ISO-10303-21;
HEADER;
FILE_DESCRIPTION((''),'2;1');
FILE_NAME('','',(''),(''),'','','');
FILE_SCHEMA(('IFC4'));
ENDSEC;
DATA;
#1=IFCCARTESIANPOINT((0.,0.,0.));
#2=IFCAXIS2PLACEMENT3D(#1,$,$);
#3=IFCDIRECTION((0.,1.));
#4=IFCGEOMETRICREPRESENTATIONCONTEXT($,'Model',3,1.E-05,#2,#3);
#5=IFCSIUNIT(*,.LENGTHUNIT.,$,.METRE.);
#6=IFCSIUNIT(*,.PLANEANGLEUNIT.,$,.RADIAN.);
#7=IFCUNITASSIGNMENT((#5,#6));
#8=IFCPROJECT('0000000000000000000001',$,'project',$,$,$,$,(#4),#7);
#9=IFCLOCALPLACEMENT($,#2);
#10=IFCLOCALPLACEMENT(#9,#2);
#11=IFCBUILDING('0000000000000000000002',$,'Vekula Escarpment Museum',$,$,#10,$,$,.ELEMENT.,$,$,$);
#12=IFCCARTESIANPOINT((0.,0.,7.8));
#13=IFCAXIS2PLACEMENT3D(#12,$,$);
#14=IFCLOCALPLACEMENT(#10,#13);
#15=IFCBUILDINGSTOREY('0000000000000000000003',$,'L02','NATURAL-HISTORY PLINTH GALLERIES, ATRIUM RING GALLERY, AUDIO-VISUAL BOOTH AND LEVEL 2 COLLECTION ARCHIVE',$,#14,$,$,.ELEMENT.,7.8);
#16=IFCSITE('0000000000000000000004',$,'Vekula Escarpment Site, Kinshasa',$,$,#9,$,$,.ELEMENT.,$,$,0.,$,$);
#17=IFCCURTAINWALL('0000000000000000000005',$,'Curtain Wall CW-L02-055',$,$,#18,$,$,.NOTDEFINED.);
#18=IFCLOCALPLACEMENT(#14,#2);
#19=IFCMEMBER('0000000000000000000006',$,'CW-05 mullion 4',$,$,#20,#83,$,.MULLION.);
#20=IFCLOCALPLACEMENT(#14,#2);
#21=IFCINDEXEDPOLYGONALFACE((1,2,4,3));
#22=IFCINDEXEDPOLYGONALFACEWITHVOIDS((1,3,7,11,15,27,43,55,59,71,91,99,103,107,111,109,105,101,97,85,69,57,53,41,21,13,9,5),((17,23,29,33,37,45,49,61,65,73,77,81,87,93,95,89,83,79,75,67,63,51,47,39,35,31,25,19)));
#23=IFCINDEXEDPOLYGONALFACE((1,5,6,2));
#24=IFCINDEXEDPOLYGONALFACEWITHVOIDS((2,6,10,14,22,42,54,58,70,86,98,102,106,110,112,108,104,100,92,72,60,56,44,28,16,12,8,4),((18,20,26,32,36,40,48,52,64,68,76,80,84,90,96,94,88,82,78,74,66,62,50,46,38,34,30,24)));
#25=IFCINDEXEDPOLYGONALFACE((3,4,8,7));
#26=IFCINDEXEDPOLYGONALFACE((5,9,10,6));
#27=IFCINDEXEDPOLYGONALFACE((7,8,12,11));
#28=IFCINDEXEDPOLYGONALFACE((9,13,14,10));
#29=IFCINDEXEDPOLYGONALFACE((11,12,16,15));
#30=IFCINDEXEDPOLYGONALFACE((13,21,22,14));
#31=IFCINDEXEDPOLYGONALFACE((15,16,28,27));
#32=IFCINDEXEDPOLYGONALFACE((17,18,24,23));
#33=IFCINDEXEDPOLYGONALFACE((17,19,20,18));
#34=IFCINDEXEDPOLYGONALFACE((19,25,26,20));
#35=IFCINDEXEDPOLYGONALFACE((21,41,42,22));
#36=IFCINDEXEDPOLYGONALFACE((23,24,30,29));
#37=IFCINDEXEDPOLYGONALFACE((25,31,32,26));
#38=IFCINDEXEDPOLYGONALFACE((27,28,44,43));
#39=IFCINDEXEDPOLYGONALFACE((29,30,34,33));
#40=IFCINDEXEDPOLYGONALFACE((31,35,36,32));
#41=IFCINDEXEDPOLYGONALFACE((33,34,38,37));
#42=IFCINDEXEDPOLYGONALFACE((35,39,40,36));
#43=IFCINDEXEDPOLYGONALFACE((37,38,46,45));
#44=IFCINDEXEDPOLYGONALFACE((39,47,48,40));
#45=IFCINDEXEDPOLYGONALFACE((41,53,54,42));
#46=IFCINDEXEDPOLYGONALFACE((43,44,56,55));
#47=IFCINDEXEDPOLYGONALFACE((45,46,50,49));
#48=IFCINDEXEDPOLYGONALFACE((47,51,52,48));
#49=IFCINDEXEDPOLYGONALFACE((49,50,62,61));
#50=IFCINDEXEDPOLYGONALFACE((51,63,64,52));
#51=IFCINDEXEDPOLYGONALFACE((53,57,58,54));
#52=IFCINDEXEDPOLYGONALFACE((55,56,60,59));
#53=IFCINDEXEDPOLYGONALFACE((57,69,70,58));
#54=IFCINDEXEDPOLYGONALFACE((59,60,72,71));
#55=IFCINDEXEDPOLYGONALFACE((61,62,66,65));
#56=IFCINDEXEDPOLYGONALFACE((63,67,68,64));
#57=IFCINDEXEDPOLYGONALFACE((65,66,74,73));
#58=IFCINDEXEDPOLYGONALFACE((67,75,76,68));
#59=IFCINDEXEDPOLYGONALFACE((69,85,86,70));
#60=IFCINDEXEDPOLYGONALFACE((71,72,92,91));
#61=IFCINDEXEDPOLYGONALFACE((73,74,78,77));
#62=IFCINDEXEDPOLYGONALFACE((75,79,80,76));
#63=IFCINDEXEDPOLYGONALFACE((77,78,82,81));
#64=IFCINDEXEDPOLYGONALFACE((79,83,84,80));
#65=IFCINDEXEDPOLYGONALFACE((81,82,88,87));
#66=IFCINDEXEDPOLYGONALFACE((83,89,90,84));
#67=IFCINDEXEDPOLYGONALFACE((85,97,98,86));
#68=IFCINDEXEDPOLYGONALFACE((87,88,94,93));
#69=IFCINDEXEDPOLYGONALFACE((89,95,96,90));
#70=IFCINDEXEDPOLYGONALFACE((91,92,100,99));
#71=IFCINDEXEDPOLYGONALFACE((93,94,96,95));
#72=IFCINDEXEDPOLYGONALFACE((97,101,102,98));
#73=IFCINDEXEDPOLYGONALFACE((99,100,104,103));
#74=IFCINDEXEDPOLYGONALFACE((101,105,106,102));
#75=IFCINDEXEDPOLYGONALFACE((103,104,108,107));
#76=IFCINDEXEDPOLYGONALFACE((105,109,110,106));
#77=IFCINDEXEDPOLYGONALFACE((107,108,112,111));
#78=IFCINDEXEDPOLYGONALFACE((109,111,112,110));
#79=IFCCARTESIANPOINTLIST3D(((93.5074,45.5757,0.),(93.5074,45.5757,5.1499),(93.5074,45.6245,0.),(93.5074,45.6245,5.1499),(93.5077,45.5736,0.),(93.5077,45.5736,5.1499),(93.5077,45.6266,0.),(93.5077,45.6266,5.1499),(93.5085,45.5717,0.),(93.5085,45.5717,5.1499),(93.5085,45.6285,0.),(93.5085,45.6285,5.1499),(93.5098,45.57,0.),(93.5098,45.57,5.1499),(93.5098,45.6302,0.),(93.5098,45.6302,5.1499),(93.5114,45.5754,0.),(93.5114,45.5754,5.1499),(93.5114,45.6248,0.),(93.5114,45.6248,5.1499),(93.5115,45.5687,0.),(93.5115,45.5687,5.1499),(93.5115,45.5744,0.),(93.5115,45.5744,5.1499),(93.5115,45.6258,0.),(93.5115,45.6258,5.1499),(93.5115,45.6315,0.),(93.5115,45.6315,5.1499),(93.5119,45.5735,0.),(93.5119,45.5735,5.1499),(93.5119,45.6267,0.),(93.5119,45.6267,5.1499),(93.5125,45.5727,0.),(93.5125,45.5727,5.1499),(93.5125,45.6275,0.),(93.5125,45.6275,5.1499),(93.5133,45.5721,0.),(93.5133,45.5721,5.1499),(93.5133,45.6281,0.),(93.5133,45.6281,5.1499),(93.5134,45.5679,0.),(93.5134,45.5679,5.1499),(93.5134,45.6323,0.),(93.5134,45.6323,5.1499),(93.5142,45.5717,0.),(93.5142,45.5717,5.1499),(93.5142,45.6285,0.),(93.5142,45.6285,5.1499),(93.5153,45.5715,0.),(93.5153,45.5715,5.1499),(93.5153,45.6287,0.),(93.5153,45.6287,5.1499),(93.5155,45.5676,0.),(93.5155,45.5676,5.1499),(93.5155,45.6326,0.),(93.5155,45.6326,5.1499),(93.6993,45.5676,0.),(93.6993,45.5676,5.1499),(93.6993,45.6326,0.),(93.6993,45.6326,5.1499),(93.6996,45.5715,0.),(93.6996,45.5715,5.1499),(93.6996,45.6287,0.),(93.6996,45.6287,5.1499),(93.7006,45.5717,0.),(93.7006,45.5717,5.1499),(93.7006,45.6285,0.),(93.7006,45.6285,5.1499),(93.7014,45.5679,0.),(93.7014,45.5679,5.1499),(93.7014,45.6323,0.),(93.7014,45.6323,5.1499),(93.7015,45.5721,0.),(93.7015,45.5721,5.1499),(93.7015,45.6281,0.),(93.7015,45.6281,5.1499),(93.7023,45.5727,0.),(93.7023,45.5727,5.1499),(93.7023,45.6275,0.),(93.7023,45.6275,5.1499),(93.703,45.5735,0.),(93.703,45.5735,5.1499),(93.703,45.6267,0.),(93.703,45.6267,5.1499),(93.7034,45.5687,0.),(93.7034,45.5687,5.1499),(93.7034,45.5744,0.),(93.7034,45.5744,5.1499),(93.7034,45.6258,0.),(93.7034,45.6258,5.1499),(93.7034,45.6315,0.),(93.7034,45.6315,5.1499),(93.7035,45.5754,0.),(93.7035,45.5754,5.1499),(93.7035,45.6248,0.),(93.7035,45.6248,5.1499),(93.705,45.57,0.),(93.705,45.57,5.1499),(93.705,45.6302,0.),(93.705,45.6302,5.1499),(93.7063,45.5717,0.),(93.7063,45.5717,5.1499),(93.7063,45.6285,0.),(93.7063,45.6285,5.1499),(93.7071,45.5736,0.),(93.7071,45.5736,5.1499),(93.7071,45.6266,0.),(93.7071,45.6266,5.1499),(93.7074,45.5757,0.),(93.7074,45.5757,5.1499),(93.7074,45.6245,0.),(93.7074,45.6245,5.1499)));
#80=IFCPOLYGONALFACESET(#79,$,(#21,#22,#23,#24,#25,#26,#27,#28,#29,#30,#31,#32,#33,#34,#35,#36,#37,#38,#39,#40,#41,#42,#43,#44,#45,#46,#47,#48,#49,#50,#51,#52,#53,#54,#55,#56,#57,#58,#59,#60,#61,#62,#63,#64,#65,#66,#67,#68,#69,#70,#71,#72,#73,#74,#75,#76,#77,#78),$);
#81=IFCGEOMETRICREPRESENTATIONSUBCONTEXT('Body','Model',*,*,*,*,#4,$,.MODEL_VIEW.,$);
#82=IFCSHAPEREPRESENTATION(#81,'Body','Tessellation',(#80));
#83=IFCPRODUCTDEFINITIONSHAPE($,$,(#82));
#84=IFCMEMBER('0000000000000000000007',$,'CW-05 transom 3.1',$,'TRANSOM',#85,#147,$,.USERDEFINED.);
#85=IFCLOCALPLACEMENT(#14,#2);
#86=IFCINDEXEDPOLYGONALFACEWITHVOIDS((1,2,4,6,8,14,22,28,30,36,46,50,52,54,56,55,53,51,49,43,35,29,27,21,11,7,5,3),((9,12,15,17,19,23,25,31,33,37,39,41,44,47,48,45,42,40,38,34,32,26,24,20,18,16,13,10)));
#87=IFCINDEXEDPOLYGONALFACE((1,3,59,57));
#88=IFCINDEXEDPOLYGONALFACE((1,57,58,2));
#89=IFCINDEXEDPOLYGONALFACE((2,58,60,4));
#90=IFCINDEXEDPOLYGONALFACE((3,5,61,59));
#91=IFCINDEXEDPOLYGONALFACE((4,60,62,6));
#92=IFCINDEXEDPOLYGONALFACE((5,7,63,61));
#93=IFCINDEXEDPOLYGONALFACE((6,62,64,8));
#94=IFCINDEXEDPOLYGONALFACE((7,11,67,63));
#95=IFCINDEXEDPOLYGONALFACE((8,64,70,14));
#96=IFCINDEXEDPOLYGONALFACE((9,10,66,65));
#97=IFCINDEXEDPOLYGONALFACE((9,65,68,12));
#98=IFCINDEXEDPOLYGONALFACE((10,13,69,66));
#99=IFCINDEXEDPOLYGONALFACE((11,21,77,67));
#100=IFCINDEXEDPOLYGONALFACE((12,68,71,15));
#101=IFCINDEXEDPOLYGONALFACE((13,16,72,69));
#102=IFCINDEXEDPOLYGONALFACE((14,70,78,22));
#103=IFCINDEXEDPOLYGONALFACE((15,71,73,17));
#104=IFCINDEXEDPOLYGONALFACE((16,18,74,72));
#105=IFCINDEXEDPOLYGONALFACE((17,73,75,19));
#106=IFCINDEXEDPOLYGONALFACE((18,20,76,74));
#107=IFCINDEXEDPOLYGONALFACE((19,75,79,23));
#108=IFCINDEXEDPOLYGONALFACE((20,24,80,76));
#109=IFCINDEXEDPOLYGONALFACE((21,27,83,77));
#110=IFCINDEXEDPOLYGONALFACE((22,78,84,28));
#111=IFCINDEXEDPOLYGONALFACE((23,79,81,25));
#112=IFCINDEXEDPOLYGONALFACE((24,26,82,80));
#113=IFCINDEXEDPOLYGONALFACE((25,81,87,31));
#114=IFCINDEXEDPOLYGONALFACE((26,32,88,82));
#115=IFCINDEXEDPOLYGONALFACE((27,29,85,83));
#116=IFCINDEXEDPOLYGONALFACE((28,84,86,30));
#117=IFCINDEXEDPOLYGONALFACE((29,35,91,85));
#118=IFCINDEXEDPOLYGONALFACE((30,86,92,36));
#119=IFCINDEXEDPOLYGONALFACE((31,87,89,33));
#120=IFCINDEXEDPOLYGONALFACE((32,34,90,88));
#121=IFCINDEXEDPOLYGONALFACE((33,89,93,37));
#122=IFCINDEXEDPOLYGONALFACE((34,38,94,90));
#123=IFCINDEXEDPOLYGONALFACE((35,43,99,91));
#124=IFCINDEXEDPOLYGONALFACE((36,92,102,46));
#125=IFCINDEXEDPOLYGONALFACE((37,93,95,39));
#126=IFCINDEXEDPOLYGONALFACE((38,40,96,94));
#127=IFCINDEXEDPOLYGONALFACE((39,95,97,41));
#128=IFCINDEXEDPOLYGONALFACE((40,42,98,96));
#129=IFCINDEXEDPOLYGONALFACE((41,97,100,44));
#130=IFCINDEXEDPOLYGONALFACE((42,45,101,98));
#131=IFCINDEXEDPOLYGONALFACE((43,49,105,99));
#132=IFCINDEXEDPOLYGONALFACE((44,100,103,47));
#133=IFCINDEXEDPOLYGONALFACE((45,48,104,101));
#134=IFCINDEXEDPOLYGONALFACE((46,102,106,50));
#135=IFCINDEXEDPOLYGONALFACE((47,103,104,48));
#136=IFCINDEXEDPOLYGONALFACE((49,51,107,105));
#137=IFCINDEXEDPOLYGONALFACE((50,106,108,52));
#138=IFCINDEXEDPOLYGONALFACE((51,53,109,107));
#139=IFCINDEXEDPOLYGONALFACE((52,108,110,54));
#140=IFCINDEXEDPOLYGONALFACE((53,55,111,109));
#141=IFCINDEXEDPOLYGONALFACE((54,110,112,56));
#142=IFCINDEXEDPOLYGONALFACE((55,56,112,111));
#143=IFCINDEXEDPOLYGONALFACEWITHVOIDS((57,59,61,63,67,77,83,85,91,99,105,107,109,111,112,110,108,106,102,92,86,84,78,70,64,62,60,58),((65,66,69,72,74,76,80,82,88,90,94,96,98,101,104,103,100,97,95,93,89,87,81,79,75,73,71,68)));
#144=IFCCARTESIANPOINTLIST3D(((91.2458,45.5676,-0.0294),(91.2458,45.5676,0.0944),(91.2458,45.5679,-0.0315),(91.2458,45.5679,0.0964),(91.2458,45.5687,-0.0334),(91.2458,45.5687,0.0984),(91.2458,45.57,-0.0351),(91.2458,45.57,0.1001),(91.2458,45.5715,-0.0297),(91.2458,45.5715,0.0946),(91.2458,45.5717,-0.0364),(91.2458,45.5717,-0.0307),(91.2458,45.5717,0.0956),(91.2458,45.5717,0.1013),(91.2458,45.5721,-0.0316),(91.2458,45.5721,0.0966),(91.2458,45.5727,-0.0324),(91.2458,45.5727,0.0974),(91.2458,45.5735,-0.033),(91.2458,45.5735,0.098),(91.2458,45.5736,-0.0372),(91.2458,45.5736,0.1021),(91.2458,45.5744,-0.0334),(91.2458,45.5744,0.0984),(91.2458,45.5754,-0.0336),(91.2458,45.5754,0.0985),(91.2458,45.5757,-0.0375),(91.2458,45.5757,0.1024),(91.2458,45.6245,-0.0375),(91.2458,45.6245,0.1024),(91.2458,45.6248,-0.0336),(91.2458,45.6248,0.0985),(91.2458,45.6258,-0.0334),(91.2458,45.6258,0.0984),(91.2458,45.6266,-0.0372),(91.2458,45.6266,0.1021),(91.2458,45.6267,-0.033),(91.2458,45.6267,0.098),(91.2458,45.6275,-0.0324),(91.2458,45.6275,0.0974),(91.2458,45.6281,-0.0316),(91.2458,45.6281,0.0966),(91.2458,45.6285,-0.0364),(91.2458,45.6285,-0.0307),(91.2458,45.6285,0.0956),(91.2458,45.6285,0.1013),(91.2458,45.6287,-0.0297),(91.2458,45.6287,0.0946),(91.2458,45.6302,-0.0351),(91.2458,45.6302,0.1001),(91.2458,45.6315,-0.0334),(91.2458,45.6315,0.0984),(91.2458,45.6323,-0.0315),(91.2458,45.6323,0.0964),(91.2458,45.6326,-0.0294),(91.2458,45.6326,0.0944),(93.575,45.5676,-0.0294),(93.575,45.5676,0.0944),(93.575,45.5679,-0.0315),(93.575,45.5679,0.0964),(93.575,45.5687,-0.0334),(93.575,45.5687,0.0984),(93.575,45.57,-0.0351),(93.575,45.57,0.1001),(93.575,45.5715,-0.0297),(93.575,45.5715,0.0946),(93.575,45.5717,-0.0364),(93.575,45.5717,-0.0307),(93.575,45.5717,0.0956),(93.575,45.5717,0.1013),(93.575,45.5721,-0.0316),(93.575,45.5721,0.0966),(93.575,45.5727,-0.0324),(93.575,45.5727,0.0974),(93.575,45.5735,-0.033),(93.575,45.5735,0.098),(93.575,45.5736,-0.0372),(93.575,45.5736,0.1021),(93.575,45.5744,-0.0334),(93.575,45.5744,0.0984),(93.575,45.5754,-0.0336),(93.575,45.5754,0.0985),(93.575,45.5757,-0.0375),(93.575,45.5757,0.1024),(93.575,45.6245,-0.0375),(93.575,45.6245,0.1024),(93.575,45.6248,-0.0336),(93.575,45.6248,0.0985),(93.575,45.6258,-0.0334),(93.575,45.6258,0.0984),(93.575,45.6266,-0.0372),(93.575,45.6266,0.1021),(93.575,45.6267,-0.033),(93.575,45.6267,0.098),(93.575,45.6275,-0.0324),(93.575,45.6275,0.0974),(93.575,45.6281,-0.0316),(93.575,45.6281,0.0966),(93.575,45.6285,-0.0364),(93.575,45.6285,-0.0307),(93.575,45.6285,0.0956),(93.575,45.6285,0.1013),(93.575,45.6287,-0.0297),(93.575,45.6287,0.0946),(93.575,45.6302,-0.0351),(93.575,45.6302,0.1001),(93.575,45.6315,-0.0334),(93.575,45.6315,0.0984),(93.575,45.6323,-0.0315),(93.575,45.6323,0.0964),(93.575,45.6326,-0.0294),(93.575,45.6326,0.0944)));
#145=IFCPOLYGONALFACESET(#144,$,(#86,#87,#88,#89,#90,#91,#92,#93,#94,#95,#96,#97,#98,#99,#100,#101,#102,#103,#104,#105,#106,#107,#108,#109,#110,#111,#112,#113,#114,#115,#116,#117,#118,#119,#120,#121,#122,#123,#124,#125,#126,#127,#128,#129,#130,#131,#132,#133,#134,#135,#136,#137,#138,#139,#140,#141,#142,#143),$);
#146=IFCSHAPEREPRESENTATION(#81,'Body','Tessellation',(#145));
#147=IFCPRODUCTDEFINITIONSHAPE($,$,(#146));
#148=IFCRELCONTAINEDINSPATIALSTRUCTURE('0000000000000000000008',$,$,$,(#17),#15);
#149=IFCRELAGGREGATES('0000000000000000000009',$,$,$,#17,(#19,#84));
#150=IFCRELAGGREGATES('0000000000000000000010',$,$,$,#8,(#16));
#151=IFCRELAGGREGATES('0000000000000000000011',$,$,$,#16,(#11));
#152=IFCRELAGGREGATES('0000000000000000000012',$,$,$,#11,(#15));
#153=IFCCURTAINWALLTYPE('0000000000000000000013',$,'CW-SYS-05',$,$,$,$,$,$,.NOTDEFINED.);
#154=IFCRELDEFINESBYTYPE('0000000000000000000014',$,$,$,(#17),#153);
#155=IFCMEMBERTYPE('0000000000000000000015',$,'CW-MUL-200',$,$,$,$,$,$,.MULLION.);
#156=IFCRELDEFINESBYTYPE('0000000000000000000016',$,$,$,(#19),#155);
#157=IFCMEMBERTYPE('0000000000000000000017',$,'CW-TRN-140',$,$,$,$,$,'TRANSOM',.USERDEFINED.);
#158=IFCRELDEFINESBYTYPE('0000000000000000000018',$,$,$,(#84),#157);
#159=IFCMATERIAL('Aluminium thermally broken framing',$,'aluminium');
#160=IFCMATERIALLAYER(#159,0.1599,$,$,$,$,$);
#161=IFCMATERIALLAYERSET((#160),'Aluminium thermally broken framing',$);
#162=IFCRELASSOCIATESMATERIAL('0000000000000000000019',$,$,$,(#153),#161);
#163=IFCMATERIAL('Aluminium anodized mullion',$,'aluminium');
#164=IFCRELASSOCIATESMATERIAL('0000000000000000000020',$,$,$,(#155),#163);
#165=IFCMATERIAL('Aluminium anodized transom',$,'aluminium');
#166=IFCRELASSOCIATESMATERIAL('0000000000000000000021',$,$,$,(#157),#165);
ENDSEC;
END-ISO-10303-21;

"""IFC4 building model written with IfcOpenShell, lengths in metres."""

from ifc_helpers import new_model, si_unit, direction, frame, origin, origin_2d, place, context, subcontext, project, spatial, hollow_rectangle, extrude, material, layer, layer_set, material_profile, profile_set, type_object, element, aggregate, save


model = new_model("IFC4")

# Units and contexts
model_context = context("Model", 3, precision=1e-05, world=origin(), true_north=direction((0.0, 1.0)))
body_context = subcontext(model_context, "Body", "Model", "MODEL_VIEW")
ifc_project = project(units=[si_unit("LENGTHUNIT", "METRE"), si_unit("PLANEANGLEUNIT", "RADIAN")], contexts=[model_context])

# Site, building, storey
site_placement = place(None, origin())
site = spatial("IfcSite", under=ifc_project, at=site_placement, Name="Vekula Escarpment Site, Kinshasa", CompositionType="ELEMENT", RefElevation=0.0)
building_placement = place(site_placement, origin())
building = spatial("IfcBuilding", under=site, at=building_placement, Name="Vekula Escarpment Museum", CompositionType="ELEMENT")
storey_placement = place(building_placement, frame((0.0, 0.0, 7.8)))
storey = spatial("IfcBuildingStorey", under=building, at=storey_placement, Name="L02", Description="NATURAL-HISTORY PLINTH GALLERIES, ATRIUM RING GALLERY, AUDIO-VISUAL BOOTH AND LEVEL 2 COLLECTION ARCHIVE", CompositionType="ELEMENT", Elevation=7.8)

# Curtain wall, members
ifc_material_1 = material(Name="Aluminium thermally broken framing", Category="aluminium")
ifc_layer_1 = layer(ifc_material_1, 0.1599)
ifc_layer_set_1 = layer_set([ifc_layer_1], Name="Aluminium thermally broken framing")
curtain_wall_type = type_object("IfcCurtainWallType", Name="CW-SYS-05", PredefinedType="NOTDEFINED", material=ifc_layer_set_1)
curtain_wall_placement = place(storey_placement, origin())
curtain_wall = element("IfcCurtainWall", 1, at=curtain_wall_placement, inside=storey, type_object=curtain_wall_type, Name="Curtain Wall CW-L02-055", PredefinedType="NOTDEFINED")
ifc_material_2 = material(Name="Aluminium anodized mullion", Category="aluminium")
ifc_material_profile_1 = material_profile(ifc_material_2, hollow_rectangle(XDim=0.0649, YDim=0.2, WallThickness=0.0039, InnerFilletRadius=0.0039, OuterFilletRadius=0.0081, at=origin_2d()), Name="ALU 200x65x4")
ifc_profile_set_1 = profile_set([ifc_material_profile_1], Name="Aluminium anodized mullion")
member_type_1 = type_object("IfcMemberType", Name="CW-MUL-200", PredefinedType="MULLION", material=ifc_profile_set_1)
member_1_placement = place(storey_placement, frame((93.6074, 45.6001, 0.0), z_axis=(0.0, 0.0, 1.0), x_axis=(0.0, 1.0, 0.0)))
member_1 = element("IfcMember", 2, at=member_1_placement, type_object=member_type_1, Name="CW-05 mullion 4", PredefinedType="MULLION", context=body_context, shape_type="SweptSolid", body=[
    extrude(hollow_rectangle(XDim=0.0649, YDim=0.2, WallThickness=0.0039, InnerFilletRadius=0.0039, OuterFilletRadius=0.0081, at=origin_2d()), origin(), (0.0, 0.0, 1.0), 5.1499),
])
ifc_material_3 = material(Name="Aluminium anodized transom", Category="aluminium")
ifc_material_profile_2 = material_profile(ifc_material_3, hollow_rectangle(XDim=0.0649, YDim=0.1399, WallThickness=0.0039, InnerFilletRadius=0.0039, OuterFilletRadius=0.0081, at=origin_2d()), Name="ALU 140x65x4")
ifc_profile_set_2 = profile_set([ifc_material_profile_2], Name="Aluminium anodized transom")
member_type_2 = type_object("IfcMemberType", Name="CW-TRN-140", ElementType="TRANSOM", PredefinedType="USERDEFINED", material=ifc_profile_set_2)
member_2_placement = place(storey_placement, frame((91.2458, 45.6001, 0.0325), z_axis=(1.0, 0.0, 0.0), x_axis=(0.0, 1.0, 0.0)))
member_2 = element("IfcMember", 3, at=member_2_placement, type_object=member_type_2, Name="CW-05 transom 3.1", ObjectType="TRANSOM", PredefinedType="USERDEFINED", context=body_context, shape_type="SweptSolid", body=[
    extrude(hollow_rectangle(XDim=0.0649, YDim=0.1399, WallThickness=0.0039, InnerFilletRadius=0.0039, OuterFilletRadius=0.0081, at=origin_2d()), origin(), (0.0, 0.0, 1.0), 2.3291),
])
aggregate(curtain_wall, [member_1, member_2])

save(model, "model.ifc")
